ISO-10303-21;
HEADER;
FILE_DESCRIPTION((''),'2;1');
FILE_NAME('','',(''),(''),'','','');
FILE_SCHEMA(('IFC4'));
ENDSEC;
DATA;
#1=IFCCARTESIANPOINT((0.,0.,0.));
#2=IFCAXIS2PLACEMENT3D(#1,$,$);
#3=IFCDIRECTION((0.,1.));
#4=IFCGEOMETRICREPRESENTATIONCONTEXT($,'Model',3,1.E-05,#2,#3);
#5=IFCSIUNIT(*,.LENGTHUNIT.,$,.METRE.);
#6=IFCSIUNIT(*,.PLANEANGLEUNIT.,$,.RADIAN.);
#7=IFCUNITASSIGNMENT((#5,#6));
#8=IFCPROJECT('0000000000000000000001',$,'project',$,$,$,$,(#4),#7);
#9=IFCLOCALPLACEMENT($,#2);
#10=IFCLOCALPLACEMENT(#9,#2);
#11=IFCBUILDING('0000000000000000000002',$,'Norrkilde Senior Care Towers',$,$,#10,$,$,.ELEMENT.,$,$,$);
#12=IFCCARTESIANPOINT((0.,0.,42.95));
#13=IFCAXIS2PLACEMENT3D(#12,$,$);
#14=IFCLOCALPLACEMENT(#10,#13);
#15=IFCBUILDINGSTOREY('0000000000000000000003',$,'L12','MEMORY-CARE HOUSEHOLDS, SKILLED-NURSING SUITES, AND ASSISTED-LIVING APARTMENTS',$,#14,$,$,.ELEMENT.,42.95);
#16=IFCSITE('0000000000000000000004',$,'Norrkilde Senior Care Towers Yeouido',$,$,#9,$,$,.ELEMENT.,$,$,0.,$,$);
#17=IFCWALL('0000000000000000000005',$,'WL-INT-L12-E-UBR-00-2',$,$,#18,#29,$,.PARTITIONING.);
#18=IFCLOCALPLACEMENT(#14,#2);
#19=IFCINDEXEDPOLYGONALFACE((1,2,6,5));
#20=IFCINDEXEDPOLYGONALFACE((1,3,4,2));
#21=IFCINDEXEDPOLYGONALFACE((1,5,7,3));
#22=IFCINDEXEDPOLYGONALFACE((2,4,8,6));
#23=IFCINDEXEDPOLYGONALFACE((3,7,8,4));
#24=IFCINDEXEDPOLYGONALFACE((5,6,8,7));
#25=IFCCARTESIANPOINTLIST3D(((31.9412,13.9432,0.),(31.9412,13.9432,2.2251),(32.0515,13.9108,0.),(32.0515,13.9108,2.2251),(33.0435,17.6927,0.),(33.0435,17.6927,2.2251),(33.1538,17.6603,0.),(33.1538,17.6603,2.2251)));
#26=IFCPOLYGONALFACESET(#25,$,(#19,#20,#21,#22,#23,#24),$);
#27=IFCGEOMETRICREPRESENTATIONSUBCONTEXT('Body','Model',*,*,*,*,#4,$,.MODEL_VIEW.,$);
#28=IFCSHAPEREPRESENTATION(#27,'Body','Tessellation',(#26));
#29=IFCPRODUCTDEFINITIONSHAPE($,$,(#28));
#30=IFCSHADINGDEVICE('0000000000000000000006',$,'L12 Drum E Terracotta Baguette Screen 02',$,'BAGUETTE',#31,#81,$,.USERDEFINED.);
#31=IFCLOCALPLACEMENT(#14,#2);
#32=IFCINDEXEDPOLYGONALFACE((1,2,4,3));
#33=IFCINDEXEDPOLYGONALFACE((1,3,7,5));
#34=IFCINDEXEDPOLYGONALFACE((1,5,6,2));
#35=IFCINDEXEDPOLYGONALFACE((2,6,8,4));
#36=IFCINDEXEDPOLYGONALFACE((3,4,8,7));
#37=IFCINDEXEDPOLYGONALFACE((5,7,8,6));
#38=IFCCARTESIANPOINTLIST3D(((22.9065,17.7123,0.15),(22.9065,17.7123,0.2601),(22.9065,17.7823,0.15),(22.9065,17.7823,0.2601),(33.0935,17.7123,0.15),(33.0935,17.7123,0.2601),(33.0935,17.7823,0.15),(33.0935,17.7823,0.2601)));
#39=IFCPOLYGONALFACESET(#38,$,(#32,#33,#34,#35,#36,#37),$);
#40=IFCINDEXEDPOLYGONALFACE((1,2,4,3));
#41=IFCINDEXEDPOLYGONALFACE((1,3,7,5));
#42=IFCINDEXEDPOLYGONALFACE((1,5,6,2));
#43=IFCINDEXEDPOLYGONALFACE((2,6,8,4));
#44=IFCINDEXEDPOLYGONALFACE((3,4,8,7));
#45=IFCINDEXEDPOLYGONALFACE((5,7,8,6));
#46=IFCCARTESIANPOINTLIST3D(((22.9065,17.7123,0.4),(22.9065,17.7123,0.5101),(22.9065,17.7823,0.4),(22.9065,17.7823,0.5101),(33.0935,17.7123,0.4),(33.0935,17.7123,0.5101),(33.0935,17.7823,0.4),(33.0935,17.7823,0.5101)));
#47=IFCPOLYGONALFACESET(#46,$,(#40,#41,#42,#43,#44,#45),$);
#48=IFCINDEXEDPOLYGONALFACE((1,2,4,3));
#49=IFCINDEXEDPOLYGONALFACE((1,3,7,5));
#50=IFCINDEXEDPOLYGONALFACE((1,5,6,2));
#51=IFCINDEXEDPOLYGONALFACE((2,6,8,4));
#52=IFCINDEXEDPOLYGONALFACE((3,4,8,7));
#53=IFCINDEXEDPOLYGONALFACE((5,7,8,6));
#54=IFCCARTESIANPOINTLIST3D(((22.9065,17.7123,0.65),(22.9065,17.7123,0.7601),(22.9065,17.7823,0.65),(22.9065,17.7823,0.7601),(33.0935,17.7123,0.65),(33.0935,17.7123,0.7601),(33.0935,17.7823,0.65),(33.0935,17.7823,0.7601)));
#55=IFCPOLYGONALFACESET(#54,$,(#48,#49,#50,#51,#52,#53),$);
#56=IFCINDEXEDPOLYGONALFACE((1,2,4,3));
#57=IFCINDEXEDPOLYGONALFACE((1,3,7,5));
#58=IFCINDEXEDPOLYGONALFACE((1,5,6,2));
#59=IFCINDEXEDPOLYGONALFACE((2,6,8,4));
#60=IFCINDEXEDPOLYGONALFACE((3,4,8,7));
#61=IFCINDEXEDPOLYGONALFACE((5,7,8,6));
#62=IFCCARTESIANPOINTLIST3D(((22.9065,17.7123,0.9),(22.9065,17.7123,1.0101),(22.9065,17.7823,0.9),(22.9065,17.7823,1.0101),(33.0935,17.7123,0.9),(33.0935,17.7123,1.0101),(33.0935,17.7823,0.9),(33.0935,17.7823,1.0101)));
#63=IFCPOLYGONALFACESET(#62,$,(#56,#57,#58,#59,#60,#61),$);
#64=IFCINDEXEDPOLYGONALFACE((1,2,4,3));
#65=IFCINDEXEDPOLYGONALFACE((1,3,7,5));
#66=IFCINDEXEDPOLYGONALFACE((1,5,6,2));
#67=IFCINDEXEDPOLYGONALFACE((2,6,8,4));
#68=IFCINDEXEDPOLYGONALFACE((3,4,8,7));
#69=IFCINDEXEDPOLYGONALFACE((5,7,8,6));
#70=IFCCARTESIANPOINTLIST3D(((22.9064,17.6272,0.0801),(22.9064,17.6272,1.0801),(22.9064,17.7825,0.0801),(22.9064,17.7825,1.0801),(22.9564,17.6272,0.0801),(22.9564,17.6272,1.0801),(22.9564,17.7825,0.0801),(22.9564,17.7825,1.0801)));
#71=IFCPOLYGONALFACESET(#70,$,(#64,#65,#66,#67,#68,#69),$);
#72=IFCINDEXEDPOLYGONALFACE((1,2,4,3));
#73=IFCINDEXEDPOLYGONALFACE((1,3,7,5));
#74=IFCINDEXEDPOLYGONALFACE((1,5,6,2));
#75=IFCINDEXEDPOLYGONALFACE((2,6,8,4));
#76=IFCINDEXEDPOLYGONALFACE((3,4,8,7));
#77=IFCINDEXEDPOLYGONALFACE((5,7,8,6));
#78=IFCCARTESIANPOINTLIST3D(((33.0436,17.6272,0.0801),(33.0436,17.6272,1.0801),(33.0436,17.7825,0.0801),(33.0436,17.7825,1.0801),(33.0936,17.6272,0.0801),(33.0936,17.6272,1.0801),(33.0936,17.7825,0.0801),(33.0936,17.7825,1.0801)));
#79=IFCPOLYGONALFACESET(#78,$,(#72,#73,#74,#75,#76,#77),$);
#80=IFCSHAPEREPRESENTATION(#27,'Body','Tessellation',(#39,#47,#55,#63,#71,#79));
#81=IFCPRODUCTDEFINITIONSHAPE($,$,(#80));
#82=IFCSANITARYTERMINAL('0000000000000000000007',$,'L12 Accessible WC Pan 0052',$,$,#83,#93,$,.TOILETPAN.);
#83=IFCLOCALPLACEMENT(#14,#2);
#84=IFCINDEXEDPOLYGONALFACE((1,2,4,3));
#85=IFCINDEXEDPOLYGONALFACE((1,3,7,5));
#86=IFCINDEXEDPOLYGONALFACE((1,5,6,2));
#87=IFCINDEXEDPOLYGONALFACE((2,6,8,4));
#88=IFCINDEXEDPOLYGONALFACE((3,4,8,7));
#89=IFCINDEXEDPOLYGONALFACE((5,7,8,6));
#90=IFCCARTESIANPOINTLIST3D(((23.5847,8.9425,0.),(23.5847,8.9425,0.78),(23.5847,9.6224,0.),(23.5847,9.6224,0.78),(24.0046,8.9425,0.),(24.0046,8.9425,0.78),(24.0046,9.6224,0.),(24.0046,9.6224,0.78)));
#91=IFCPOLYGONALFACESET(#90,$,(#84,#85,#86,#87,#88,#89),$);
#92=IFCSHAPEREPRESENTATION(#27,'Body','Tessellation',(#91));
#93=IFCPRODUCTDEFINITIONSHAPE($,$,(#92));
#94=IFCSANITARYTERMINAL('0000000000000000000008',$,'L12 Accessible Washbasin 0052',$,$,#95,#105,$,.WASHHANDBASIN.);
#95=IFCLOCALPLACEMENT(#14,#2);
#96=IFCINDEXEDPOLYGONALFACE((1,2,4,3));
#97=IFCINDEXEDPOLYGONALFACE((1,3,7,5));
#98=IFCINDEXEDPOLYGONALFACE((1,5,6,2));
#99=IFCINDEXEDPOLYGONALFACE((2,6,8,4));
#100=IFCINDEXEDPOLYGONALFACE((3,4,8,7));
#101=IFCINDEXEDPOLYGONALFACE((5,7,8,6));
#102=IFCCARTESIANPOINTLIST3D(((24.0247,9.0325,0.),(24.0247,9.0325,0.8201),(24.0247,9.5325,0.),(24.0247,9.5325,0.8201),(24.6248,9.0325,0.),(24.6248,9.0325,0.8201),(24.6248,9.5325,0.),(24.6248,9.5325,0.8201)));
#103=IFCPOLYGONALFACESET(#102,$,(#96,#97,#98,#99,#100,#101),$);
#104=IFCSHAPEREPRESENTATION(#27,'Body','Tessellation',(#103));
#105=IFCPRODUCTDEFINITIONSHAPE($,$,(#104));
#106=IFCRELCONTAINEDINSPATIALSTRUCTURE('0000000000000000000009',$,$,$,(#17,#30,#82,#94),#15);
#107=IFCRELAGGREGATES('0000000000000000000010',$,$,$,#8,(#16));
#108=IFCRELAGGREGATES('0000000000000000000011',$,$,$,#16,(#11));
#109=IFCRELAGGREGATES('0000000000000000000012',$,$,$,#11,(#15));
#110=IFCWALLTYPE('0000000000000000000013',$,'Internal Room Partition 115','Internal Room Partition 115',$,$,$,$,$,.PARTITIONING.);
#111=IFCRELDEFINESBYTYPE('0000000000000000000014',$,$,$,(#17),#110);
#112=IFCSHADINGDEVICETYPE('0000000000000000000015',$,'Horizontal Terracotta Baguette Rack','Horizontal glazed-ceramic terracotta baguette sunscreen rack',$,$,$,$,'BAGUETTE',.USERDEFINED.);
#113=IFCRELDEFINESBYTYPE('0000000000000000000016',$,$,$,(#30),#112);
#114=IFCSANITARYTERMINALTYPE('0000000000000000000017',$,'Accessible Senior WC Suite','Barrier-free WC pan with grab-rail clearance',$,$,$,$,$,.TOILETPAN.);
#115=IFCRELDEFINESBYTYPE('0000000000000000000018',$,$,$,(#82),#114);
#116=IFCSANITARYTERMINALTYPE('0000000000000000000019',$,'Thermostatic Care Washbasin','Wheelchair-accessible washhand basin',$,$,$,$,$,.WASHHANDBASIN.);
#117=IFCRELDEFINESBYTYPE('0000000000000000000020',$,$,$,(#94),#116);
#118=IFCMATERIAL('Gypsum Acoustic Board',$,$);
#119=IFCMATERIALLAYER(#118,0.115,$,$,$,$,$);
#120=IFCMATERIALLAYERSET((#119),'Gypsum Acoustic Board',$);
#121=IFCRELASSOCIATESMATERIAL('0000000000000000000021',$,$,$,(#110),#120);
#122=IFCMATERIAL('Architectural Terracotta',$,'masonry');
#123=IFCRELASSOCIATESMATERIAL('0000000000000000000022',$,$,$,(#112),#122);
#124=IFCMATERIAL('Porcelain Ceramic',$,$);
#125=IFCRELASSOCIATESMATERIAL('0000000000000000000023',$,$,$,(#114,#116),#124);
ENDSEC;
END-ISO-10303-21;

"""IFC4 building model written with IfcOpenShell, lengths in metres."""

from ifc_helpers import new_model, si_unit, direction, frame, frame_2d, origin, origin_2d, place, context, subcontext, project, spatial, rectangle, extrude, source, transform, mapped, material, layer, layer_set, type_object, type_shapes, element, save


model = new_model("IFC4")

# Units and contexts
model_context = context("Model", 3, precision=1e-05, world=origin(), true_north=direction((0.0, 1.0)))
body_context = subcontext(model_context, "Body", "Model", "MODEL_VIEW")
ifc_project = project(units=[si_unit("LENGTHUNIT", "METRE"), si_unit("PLANEANGLEUNIT", "RADIAN")], contexts=[model_context])

# Site, building, storey
site_placement = place(None, origin())
site = spatial("IfcSite", under=ifc_project, at=site_placement, Name="Norrkilde Senior Care Towers Yeouido", CompositionType="ELEMENT", RefElevation=0.0)
building_placement = place(site_placement, origin())
building = spatial("IfcBuilding", under=site, at=building_placement, Name="Norrkilde Senior Care Towers", CompositionType="ELEMENT")
storey_placement = place(building_placement, frame((0.0, 0.0, 42.95)))
storey = spatial("IfcBuildingStorey", under=building, at=storey_placement, Name="L12", Description="MEMORY-CARE HOUSEHOLDS, SKILLED-NURSING SUITES, AND ASSISTED-LIVING APARTMENTS", CompositionType="ELEMENT", Elevation=42.95)

# Shared definitions
ifc_material_1 = material(Name="Gypsum Acoustic Board")

# Shared definitions
ifc_layer_1 = layer(ifc_material_1, 0.115)
ifc_layer_set_1 = layer_set([ifc_layer_1], Name="Gypsum Acoustic Board")
wall_type_1 = type_object("IfcWallType", Name="Internal Room Partition 115", Description="Internal Room Partition 115", PredefinedType="PARTITIONING", material=ifc_layer_set_1)

# Wall
shared_shape_1 = source(origin(), body_context, "Body", "SweptSolid", [
    extrude(rectangle(XDim=3.9082, YDim=0.115, at=frame_2d((1.9541, 0.0))), origin(), (0.0, 0.0, 1.0), 2.2251),
])
wall_1_placement = place(storey_placement, frame((31.9963, 13.927, 0.0), z_axis=(0.0, 0.0, 1.0), x_axis=(0.282048, 0.9594, 0.0)))
element("IfcWall", 1, at=wall_1_placement, inside=storey, type_object=wall_type_1, Name="WL-INT-L12-E-UBR-00-2", PredefinedType="PARTITIONING", context=body_context, shape_type="MappedRepresentation", body=[
    mapped(shared_shape_1, transform((0.0, 0.0, 0.0), x_axis=(1.0, 0.0, 0.0), y_axis=(0.0, 1.0, 0.0), z_axis=(0.0, 0.0, 1.0), scale=1.0)),
])

# Shading device
ifc_material_2 = material(Name="Architectural Terracotta", Category="masonry")
shading_device_type = type_object("IfcShadingDeviceType", Name="Horizontal Terracotta Baguette Rack", Description="Horizontal glazed-ceramic terracotta baguette sunscreen rack", ElementType="BAGUETTE", PredefinedType="USERDEFINED", material=ifc_material_2)
shared_shape_2 = source(origin(), body_context, "Body", "SweptSolid", [
    extrude(rectangle(XDim=0.0701, YDim=0.1101, at=origin_2d()), frame((0.0, 0.0901, 0.125), z_axis=(1.0, 0.0, 0.0), x_axis=(0.0, 1.0, 0.0)), (0.0, 0.0, 1.0), 10.187),
    extrude(rectangle(XDim=0.0701, YDim=0.1101, at=origin_2d()), frame((0.0, 0.0901, 0.375), z_axis=(1.0, 0.0, 0.0), x_axis=(0.0, 1.0, 0.0)), (0.0, 0.0, 1.0), 10.187),
    extrude(rectangle(XDim=0.0701, YDim=0.1101, at=origin_2d()), frame((0.0, 0.0901, 0.625), z_axis=(1.0, 0.0, 0.0), x_axis=(0.0, 1.0, 0.0)), (0.0, 0.0, 1.0), 10.187),
    extrude(rectangle(XDim=0.0701, YDim=0.1101, at=origin_2d()), frame((0.0, 0.0901, 0.875), z_axis=(1.0, 0.0, 0.0), x_axis=(0.0, 1.0, 0.0)), (0.0, 0.0, 1.0), 10.187),
    extrude(rectangle(XDim=0.05, YDim=0.1553, at=origin_2d()), frame((0.0249, 0.0476, 0.0)), (0.0, 0.0, 1.0), 1.0),
    extrude(rectangle(XDim=0.05, YDim=0.1553, at=origin_2d()), frame((10.1621, 0.0476, 0.0)), (0.0, 0.0, 1.0), 1.0),
])
type_shapes(shading_device_type, [shared_shape_2])
shading_device_placement = place(storey_placement, frame((22.9065, 17.6572, 0.0801), z_axis=(0.0, 0.0, 1.0), x_axis=(1.0, 0.0, 0.0)))
element("IfcShadingDevice", 2, at=shading_device_placement, inside=storey, type_object=shading_device_type, Name="L12 Drum E Terracotta Baguette Screen 02", ObjectType="BAGUETTE", PredefinedType="USERDEFINED", context=body_context, shape_type="MappedRepresentation", body=[
    mapped(shared_shape_2, transform((0.0, 0.0, 0.0), x_axis=(1.0, 0.0, 0.0), y_axis=(0.0, 1.0, 0.0), z_axis=(0.0, 0.0, 1.0), scale=1.0)),
])

# Sanitary terminals
ifc_material_3 = material(Name="Porcelain Ceramic")
sanitary_terminal_type_1 = type_object("IfcSanitaryTerminalType", Name="Accessible Senior WC Suite", Description="Barrier-free WC pan with grab-rail clearance", PredefinedType="TOILETPAN", material=ifc_material_3)
shared_shape_3 = source(origin(), body_context, "Body", "SweptSolid", [
    extrude(rectangle(XDim=0.4199, YDim=0.6799, at=origin_2d()), origin(), (0.0, 0.0, 1.0), 0.78),
])
type_shapes(sanitary_terminal_type_1, [shared_shape_3])
sanitary_terminal_1_placement = place(storey_placement, frame((23.7947, 9.2825, 0.0), z_axis=(0.0, 0.0, 1.0), x_axis=(1.0, 0.0, 0.0)))
element("IfcSanitaryTerminal", 3, at=sanitary_terminal_1_placement, inside=storey, type_object=sanitary_terminal_type_1, Name="L12 Accessible WC Pan 0052", PredefinedType="TOILETPAN", context=body_context, shape_type="MappedRepresentation", body=[
    mapped(shared_shape_3, transform((0.0, 0.0, 0.0), x_axis=(1.0, 0.0, 0.0), y_axis=(0.0, 1.0, 0.0), z_axis=(0.0, 0.0, 1.0), scale=1.0)),
])
sanitary_terminal_type_2 = type_object("IfcSanitaryTerminalType", Name="Thermostatic Care Washbasin", Description="Wheelchair-accessible washhand basin", PredefinedType="WASHHANDBASIN", material=ifc_material_3)
shared_shape_4 = source(origin(), body_context, "Body", "SweptSolid", [
    extrude(rectangle(XDim=0.6001, YDim=0.5, at=origin_2d()), origin(), (0.0, 0.0, 1.0), 0.8201),
])
type_shapes(sanitary_terminal_type_2, [shared_shape_4])
sanitary_terminal_2_placement = place(storey_placement, frame((24.3247, 9.2825, 0.0), z_axis=(0.0, 0.0, 1.0), x_axis=(1.0, 0.0, 0.0)))
element("IfcSanitaryTerminal", 4, at=sanitary_terminal_2_placement, inside=storey, type_object=sanitary_terminal_type_2, Name="L12 Accessible Washbasin 0052", PredefinedType="WASHHANDBASIN", context=body_context, shape_type="MappedRepresentation", body=[
    mapped(shared_shape_4, transform((0.0, 0.0, 0.0), x_axis=(1.0, 0.0, 0.0), y_axis=(0.0, 1.0, 0.0), z_axis=(0.0, 0.0, 1.0), scale=1.0)),
])

save(model, "model.ifc")
